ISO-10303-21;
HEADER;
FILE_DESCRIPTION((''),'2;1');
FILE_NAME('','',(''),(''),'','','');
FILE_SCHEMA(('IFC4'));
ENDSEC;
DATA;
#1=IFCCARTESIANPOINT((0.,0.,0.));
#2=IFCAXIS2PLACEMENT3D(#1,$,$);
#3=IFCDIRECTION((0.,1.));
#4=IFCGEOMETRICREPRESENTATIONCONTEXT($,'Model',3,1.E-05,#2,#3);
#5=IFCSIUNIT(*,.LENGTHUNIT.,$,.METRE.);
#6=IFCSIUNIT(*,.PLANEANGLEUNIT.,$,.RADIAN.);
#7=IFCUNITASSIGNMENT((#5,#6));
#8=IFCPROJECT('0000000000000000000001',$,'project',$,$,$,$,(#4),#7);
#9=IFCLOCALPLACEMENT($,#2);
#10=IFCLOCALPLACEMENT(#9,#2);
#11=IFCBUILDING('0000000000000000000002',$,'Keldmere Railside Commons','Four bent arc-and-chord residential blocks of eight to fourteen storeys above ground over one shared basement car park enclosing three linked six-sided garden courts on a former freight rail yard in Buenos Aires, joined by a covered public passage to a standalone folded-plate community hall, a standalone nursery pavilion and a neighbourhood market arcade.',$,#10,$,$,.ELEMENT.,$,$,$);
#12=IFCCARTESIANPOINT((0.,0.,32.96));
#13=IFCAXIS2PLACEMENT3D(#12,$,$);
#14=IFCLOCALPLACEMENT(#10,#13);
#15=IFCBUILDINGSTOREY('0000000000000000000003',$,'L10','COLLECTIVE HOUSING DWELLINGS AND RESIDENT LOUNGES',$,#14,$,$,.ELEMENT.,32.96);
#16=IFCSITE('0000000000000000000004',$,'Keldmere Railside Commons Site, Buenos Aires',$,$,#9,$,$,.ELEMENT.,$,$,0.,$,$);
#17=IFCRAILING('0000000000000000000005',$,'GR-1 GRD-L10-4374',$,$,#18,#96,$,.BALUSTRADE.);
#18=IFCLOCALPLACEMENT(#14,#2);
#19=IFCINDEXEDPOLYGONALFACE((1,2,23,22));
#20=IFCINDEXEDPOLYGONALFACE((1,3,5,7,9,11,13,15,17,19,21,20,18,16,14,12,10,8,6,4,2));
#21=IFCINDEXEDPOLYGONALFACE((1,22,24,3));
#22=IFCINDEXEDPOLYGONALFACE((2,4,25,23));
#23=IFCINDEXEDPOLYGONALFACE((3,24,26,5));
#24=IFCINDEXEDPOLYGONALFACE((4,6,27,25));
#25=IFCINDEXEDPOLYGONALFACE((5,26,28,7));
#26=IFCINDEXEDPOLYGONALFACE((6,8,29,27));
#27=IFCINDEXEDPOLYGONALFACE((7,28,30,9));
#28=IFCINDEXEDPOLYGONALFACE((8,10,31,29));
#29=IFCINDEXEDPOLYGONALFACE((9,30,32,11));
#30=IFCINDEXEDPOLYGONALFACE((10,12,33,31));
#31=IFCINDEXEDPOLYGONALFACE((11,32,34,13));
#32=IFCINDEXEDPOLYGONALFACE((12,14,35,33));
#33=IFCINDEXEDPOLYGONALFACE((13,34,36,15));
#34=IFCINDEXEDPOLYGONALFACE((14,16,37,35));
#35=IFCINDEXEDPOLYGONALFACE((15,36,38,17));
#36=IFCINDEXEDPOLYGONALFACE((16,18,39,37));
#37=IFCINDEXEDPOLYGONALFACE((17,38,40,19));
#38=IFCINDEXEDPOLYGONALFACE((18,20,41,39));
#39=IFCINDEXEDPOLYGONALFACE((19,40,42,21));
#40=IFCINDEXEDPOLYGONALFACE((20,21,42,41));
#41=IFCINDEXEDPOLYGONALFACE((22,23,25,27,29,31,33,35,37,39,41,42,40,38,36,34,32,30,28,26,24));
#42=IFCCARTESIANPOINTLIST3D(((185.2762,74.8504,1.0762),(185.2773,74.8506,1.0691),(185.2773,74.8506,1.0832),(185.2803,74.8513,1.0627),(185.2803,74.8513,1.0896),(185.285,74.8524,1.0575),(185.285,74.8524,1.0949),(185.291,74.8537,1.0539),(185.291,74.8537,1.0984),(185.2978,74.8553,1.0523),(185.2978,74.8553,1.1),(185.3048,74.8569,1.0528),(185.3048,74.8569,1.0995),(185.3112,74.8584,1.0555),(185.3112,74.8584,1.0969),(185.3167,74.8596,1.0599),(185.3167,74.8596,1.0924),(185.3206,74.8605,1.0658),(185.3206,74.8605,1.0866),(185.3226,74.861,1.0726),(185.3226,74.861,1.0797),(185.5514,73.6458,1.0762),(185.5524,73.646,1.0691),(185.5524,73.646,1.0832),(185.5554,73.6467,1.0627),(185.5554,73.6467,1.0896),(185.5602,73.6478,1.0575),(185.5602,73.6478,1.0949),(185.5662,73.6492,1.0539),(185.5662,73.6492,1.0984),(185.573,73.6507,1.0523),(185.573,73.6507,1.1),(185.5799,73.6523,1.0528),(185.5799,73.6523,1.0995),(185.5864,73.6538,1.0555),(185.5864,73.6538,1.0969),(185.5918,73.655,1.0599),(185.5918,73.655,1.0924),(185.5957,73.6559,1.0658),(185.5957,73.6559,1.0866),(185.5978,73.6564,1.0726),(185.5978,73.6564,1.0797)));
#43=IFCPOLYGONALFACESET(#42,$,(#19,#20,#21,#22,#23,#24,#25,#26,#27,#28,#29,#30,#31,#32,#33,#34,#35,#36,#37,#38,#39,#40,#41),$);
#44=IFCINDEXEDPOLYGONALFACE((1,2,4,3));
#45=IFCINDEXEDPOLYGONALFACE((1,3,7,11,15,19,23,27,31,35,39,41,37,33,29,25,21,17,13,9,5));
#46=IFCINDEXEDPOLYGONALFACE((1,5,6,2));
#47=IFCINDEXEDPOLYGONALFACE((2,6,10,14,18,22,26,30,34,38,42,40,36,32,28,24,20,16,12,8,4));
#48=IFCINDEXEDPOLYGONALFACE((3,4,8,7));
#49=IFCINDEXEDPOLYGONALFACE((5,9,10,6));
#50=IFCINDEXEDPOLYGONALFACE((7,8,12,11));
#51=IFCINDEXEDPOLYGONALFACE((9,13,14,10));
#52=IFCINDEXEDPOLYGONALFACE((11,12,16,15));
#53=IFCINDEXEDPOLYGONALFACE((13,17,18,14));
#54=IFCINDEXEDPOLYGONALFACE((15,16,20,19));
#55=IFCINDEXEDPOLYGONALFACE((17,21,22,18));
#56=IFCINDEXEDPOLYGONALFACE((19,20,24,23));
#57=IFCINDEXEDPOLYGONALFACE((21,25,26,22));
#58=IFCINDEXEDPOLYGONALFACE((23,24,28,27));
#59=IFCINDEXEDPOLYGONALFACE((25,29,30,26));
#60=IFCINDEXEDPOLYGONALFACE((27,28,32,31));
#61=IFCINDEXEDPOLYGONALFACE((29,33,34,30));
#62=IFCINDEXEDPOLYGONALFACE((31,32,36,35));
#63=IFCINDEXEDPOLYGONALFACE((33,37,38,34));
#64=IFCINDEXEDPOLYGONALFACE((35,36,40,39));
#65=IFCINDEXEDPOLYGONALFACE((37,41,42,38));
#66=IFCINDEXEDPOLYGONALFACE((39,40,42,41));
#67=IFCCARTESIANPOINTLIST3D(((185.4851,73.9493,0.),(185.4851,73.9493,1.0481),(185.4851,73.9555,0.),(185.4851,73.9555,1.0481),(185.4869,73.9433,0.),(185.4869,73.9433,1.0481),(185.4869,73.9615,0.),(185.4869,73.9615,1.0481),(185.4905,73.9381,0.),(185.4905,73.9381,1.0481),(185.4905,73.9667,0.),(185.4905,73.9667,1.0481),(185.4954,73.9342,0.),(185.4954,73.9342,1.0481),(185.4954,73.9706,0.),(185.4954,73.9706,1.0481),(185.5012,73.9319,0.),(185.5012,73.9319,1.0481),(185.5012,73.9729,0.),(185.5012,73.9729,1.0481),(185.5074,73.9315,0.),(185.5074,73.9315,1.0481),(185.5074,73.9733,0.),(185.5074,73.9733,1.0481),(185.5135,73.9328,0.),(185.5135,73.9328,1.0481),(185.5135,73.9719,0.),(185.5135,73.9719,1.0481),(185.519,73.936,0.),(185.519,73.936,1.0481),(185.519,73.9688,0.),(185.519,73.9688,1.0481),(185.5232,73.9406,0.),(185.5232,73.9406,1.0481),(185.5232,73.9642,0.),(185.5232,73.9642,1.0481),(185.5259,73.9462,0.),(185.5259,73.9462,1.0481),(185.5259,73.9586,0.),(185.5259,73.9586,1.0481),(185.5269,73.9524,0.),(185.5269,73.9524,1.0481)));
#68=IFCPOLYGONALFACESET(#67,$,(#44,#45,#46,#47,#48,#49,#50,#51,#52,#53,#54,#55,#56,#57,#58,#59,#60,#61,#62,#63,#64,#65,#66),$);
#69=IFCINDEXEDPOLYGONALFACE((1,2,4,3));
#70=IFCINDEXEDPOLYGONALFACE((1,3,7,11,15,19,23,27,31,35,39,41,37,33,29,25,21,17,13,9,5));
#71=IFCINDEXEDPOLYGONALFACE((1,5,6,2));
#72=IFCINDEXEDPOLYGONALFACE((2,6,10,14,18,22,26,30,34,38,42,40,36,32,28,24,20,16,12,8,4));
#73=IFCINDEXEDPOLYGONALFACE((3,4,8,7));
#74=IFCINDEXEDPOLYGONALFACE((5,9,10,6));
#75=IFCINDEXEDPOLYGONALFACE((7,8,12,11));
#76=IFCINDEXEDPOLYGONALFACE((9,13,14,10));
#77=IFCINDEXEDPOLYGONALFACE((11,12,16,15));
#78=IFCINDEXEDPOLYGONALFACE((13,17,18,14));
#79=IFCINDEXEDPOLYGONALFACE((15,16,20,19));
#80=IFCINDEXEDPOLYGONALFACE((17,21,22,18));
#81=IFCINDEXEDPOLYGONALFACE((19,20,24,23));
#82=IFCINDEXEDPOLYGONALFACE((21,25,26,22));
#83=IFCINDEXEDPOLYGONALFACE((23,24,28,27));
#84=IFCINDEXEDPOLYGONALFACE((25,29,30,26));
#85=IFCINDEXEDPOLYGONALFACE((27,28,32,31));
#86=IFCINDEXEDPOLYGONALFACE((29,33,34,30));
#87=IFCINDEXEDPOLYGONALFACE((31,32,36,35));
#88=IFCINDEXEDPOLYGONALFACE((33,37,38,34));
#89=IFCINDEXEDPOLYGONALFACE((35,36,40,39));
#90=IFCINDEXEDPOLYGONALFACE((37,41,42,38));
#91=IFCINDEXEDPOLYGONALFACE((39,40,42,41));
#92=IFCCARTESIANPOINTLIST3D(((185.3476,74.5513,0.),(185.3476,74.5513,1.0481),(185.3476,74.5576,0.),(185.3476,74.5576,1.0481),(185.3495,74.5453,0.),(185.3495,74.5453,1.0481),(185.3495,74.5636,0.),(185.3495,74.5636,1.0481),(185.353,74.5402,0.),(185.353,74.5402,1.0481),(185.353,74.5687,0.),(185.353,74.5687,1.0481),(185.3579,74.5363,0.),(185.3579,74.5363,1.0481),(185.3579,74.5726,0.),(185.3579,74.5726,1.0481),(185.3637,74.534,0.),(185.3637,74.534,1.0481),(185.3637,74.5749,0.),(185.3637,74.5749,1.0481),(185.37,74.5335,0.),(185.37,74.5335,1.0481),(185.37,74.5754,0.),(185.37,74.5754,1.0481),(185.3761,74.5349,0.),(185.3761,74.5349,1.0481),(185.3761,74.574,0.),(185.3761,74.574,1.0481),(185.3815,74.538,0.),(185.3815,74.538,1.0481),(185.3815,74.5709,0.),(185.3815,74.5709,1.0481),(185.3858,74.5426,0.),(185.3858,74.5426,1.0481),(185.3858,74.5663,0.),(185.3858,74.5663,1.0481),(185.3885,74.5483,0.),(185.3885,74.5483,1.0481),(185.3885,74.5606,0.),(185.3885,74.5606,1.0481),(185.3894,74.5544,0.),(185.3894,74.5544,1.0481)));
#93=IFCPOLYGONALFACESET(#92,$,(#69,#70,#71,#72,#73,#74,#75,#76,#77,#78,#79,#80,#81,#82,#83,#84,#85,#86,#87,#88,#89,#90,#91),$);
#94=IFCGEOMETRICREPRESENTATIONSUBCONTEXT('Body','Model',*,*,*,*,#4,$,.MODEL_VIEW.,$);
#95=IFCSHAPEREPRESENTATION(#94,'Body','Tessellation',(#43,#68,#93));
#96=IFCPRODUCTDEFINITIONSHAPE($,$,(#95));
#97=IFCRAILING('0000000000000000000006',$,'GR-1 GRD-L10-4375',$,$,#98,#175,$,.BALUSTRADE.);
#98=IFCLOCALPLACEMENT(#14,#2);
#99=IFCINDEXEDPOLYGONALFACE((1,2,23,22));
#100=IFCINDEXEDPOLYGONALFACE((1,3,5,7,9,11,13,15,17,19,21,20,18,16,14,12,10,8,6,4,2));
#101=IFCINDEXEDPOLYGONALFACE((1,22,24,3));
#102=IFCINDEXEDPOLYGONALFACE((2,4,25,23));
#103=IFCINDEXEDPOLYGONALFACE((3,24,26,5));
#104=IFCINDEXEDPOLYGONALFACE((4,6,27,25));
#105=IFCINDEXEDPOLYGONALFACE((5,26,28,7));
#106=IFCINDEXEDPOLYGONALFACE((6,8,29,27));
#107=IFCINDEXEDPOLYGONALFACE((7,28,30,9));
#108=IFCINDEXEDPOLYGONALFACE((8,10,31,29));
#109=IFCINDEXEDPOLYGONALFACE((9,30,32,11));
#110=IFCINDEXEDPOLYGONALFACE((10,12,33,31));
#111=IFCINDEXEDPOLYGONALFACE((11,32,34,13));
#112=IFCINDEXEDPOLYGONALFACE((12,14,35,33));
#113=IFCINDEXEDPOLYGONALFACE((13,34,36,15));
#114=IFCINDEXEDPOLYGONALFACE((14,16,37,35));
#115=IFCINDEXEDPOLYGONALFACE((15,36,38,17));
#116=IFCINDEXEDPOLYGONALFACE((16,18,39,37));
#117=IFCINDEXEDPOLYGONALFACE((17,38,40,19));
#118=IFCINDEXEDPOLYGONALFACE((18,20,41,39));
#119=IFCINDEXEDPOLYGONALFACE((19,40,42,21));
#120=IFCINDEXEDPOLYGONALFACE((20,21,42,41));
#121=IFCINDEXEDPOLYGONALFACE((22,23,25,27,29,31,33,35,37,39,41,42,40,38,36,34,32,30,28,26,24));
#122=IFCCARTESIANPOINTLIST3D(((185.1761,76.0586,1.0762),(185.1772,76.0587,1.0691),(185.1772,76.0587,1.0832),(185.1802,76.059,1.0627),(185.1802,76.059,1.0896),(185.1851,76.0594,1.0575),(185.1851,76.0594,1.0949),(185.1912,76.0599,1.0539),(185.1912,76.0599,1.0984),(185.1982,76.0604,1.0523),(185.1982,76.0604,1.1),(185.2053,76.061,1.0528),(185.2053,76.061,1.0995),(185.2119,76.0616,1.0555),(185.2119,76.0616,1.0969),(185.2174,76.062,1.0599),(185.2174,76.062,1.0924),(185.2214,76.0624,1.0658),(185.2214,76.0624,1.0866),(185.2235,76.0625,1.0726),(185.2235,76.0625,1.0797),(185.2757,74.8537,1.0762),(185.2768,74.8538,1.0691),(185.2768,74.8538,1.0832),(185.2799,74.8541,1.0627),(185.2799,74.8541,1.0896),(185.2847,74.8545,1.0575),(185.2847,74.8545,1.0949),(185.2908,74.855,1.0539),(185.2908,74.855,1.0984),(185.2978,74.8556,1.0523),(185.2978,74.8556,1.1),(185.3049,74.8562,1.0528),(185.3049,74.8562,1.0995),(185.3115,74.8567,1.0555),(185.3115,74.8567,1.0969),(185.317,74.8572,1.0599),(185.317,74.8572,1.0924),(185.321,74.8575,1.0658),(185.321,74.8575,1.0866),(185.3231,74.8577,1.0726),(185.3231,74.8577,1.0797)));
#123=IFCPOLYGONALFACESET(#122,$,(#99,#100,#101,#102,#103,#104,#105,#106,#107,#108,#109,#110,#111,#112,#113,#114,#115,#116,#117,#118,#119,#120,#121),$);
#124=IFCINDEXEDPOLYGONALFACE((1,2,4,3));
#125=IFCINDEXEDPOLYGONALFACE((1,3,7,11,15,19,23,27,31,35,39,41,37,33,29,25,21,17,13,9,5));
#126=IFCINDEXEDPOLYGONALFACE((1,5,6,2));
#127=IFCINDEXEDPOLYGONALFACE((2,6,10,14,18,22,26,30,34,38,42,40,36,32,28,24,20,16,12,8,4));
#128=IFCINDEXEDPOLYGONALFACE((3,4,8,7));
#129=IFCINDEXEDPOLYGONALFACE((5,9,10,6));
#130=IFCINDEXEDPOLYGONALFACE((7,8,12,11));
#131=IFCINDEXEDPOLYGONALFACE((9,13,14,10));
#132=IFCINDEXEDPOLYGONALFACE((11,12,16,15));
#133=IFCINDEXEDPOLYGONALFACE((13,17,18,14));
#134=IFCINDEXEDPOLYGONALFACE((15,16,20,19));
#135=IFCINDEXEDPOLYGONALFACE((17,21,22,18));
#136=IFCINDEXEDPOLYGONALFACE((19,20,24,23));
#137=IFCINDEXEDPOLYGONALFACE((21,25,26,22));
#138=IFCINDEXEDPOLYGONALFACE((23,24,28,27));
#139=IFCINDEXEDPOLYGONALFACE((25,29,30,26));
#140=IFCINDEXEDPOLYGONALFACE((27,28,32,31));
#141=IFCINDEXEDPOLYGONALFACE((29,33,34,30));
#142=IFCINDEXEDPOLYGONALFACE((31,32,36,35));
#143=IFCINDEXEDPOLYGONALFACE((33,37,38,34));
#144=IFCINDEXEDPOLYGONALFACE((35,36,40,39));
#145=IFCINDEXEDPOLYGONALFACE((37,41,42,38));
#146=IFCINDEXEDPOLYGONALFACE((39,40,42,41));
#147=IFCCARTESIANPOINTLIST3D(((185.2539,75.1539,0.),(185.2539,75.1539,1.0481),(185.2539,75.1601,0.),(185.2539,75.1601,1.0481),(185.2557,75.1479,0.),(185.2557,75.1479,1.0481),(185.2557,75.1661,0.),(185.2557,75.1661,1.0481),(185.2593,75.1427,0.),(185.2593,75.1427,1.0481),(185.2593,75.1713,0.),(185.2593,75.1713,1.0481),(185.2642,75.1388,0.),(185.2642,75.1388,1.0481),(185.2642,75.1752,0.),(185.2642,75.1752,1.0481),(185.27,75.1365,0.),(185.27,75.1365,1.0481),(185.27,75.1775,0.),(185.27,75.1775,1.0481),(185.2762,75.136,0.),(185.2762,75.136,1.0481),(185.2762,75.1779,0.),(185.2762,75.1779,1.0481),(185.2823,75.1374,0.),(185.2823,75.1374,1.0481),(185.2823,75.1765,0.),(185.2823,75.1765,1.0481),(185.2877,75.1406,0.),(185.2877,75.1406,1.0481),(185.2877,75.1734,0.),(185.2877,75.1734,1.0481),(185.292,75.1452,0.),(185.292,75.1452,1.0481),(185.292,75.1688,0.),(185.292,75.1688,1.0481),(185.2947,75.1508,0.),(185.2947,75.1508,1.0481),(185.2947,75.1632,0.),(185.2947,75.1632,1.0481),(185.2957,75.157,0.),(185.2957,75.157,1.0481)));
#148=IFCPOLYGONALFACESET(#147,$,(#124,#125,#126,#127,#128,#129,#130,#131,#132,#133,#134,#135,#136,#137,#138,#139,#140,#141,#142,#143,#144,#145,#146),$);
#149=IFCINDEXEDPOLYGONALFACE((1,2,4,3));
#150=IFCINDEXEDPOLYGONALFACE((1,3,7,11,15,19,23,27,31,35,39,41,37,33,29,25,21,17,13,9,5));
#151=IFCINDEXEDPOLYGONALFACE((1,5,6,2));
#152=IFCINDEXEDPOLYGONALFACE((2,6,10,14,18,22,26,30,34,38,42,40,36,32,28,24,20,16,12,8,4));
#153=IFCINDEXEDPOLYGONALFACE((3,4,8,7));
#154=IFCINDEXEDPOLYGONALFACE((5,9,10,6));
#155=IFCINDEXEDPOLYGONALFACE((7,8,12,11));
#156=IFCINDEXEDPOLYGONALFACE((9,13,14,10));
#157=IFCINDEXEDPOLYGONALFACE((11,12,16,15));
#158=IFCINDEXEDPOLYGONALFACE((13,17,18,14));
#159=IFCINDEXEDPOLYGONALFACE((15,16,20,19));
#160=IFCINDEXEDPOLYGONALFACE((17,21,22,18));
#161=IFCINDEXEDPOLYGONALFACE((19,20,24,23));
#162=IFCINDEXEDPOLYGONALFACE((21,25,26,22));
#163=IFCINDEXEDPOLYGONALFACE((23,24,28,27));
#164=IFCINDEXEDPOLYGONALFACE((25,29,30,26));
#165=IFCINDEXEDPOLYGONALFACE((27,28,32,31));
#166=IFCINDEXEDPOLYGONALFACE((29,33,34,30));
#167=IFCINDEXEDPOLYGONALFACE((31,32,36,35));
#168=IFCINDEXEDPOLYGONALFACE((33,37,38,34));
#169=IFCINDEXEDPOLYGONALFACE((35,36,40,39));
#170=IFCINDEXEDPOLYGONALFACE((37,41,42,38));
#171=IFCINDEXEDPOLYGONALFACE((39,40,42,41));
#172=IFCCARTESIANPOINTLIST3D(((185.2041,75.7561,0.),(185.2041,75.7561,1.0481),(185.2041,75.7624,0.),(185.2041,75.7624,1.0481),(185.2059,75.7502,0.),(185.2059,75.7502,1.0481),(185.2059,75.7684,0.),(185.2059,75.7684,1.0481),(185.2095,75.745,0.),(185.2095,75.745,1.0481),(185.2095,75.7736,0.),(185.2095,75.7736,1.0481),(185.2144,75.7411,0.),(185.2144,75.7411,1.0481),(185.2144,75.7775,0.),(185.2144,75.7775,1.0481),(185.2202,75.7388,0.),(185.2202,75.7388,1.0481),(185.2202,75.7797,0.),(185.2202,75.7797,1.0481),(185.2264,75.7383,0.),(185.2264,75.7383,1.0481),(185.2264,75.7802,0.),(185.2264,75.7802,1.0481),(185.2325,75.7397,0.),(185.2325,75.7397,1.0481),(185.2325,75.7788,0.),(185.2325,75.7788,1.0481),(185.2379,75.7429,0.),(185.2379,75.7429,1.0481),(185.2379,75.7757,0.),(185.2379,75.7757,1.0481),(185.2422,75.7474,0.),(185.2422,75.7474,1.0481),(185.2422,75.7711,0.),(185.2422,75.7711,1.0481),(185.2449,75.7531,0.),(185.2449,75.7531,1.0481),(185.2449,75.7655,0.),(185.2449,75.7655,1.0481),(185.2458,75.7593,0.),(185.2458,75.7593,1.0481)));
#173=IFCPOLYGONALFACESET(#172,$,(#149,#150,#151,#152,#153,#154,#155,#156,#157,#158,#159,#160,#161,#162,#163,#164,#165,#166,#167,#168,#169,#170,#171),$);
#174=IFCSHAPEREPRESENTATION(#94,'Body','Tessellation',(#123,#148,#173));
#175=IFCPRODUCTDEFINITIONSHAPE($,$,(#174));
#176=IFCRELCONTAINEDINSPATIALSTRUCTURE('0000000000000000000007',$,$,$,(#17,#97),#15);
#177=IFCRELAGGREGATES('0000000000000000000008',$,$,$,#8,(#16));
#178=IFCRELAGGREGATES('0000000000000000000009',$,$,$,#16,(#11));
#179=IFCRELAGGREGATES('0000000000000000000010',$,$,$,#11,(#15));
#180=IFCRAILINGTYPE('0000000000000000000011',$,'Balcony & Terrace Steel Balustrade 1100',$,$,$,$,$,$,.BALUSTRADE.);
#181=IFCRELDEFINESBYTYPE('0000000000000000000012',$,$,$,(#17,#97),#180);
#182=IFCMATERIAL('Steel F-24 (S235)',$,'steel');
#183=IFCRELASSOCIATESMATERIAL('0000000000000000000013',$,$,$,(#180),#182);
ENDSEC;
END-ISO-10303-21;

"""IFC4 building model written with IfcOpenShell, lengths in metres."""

from ifc_helpers import new_model, si_unit, direction, frame, origin, origin_2d, place, context, subcontext, project, spatial, circle, extrude, material, type_object, element, save


model = new_model("IFC4")

# Units and contexts
model_context = context("Model", 3, precision=1e-05, world=origin(), true_north=direction((0.0, 1.0)))
body_context = subcontext(model_context, "Body", "Model", "MODEL_VIEW")
ifc_project = project(units=[si_unit("LENGTHUNIT", "METRE"), si_unit("PLANEANGLEUNIT", "RADIAN")], contexts=[model_context])

# Site, building, storey
site_placement = place(None, origin())
site = spatial("IfcSite", under=ifc_project, at=site_placement, Name="Keldmere Railside Commons Site, Buenos Aires", CompositionType="ELEMENT", RefElevation=0.0)
building_placement = place(site_placement, origin())
building = spatial("IfcBuilding", under=site, at=building_placement, Name="Keldmere Railside Commons", Description="Four bent arc-and-chord residential blocks of eight to fourteen storeys above ground over one shared basement car park enclosing three linked six-sided garden courts on a former freight rail yard in Buenos Aires, joined by a covered public passage to a standalone folded-plate community hall, a standalone nursery pavilion and a neighbourhood market arcade.", CompositionType="ELEMENT")
storey_placement = place(building_placement, frame((0.0, 0.0, 32.96)))
storey = spatial("IfcBuildingStorey", under=building, at=storey_placement, Name="L10", Description="COLLECTIVE HOUSING DWELLINGS AND RESIDENT LOUNGES", CompositionType="ELEMENT", Elevation=32.96)

# Shared definitions
ifc_material_1 = material(Name="Steel F-24 (S235)", Category="steel")

# Railings
railing_type_1 = type_object("IfcRailingType", Name="Balcony & Terrace Steel Balustrade 1100", PredefinedType="BALUSTRADE", material=ifc_material_1)
railing_1_placement = place(storey_placement, frame((185.5747, 73.6511, 0.0)))
element("IfcRailing", 1, at=railing_1_placement, inside=storey, type_object=railing_type_1, Name="GR-1 GRD-L10-4374", PredefinedType="BALUSTRADE", context=body_context, shape_type="SweptSolid", body=[
    extrude(circle(Radius=0.0239, at=origin_2d()), frame((0.0, 0.0, 1.0762), z_axis=(-0.22268, 0.974892, 0.0), x_axis=(-0.974892, -0.22268, 0.0)), (0.0, 0.0, 1.0), 1.2356),
    extrude(circle(Radius=0.021, at=origin_2d()), frame((-0.0688, 0.3013, 0.0)), (0.0, 0.0, 1.0), 1.0481),
    extrude(circle(Radius=0.021, at=origin_2d()), frame((-0.2063, 0.9033, 0.0)), (0.0, 0.0, 1.0), 1.0481),
])
railing_2_placement = place(storey_placement, frame((185.2996, 74.8557, 0.0)))
element("IfcRailing", 2, at=railing_2_placement, inside=storey, type_object=railing_type_1, Name="GR-1 GRD-L10-4375", PredefinedType="BALUSTRADE", context=body_context, shape_type="SweptSolid", body=[
    extrude(circle(Radius=0.0239, at=origin_2d()), frame((0.0, 0.0, 1.0762), z_axis=(-0.082394, 0.9966, 0.0), x_axis=(-0.9966, -0.082394, 0.0)), (0.0, 0.0, 1.0), 1.209),
    extrude(circle(Radius=0.021, at=origin_2d()), frame((-0.0249, 0.3013, 0.0)), (0.0, 0.0, 1.0), 1.0481),
    extrude(circle(Radius=0.021, at=origin_2d()), frame((-0.0747, 0.9036, 0.0)), (0.0, 0.0, 1.0), 1.0481),
])

save(model, "model.ifc")
